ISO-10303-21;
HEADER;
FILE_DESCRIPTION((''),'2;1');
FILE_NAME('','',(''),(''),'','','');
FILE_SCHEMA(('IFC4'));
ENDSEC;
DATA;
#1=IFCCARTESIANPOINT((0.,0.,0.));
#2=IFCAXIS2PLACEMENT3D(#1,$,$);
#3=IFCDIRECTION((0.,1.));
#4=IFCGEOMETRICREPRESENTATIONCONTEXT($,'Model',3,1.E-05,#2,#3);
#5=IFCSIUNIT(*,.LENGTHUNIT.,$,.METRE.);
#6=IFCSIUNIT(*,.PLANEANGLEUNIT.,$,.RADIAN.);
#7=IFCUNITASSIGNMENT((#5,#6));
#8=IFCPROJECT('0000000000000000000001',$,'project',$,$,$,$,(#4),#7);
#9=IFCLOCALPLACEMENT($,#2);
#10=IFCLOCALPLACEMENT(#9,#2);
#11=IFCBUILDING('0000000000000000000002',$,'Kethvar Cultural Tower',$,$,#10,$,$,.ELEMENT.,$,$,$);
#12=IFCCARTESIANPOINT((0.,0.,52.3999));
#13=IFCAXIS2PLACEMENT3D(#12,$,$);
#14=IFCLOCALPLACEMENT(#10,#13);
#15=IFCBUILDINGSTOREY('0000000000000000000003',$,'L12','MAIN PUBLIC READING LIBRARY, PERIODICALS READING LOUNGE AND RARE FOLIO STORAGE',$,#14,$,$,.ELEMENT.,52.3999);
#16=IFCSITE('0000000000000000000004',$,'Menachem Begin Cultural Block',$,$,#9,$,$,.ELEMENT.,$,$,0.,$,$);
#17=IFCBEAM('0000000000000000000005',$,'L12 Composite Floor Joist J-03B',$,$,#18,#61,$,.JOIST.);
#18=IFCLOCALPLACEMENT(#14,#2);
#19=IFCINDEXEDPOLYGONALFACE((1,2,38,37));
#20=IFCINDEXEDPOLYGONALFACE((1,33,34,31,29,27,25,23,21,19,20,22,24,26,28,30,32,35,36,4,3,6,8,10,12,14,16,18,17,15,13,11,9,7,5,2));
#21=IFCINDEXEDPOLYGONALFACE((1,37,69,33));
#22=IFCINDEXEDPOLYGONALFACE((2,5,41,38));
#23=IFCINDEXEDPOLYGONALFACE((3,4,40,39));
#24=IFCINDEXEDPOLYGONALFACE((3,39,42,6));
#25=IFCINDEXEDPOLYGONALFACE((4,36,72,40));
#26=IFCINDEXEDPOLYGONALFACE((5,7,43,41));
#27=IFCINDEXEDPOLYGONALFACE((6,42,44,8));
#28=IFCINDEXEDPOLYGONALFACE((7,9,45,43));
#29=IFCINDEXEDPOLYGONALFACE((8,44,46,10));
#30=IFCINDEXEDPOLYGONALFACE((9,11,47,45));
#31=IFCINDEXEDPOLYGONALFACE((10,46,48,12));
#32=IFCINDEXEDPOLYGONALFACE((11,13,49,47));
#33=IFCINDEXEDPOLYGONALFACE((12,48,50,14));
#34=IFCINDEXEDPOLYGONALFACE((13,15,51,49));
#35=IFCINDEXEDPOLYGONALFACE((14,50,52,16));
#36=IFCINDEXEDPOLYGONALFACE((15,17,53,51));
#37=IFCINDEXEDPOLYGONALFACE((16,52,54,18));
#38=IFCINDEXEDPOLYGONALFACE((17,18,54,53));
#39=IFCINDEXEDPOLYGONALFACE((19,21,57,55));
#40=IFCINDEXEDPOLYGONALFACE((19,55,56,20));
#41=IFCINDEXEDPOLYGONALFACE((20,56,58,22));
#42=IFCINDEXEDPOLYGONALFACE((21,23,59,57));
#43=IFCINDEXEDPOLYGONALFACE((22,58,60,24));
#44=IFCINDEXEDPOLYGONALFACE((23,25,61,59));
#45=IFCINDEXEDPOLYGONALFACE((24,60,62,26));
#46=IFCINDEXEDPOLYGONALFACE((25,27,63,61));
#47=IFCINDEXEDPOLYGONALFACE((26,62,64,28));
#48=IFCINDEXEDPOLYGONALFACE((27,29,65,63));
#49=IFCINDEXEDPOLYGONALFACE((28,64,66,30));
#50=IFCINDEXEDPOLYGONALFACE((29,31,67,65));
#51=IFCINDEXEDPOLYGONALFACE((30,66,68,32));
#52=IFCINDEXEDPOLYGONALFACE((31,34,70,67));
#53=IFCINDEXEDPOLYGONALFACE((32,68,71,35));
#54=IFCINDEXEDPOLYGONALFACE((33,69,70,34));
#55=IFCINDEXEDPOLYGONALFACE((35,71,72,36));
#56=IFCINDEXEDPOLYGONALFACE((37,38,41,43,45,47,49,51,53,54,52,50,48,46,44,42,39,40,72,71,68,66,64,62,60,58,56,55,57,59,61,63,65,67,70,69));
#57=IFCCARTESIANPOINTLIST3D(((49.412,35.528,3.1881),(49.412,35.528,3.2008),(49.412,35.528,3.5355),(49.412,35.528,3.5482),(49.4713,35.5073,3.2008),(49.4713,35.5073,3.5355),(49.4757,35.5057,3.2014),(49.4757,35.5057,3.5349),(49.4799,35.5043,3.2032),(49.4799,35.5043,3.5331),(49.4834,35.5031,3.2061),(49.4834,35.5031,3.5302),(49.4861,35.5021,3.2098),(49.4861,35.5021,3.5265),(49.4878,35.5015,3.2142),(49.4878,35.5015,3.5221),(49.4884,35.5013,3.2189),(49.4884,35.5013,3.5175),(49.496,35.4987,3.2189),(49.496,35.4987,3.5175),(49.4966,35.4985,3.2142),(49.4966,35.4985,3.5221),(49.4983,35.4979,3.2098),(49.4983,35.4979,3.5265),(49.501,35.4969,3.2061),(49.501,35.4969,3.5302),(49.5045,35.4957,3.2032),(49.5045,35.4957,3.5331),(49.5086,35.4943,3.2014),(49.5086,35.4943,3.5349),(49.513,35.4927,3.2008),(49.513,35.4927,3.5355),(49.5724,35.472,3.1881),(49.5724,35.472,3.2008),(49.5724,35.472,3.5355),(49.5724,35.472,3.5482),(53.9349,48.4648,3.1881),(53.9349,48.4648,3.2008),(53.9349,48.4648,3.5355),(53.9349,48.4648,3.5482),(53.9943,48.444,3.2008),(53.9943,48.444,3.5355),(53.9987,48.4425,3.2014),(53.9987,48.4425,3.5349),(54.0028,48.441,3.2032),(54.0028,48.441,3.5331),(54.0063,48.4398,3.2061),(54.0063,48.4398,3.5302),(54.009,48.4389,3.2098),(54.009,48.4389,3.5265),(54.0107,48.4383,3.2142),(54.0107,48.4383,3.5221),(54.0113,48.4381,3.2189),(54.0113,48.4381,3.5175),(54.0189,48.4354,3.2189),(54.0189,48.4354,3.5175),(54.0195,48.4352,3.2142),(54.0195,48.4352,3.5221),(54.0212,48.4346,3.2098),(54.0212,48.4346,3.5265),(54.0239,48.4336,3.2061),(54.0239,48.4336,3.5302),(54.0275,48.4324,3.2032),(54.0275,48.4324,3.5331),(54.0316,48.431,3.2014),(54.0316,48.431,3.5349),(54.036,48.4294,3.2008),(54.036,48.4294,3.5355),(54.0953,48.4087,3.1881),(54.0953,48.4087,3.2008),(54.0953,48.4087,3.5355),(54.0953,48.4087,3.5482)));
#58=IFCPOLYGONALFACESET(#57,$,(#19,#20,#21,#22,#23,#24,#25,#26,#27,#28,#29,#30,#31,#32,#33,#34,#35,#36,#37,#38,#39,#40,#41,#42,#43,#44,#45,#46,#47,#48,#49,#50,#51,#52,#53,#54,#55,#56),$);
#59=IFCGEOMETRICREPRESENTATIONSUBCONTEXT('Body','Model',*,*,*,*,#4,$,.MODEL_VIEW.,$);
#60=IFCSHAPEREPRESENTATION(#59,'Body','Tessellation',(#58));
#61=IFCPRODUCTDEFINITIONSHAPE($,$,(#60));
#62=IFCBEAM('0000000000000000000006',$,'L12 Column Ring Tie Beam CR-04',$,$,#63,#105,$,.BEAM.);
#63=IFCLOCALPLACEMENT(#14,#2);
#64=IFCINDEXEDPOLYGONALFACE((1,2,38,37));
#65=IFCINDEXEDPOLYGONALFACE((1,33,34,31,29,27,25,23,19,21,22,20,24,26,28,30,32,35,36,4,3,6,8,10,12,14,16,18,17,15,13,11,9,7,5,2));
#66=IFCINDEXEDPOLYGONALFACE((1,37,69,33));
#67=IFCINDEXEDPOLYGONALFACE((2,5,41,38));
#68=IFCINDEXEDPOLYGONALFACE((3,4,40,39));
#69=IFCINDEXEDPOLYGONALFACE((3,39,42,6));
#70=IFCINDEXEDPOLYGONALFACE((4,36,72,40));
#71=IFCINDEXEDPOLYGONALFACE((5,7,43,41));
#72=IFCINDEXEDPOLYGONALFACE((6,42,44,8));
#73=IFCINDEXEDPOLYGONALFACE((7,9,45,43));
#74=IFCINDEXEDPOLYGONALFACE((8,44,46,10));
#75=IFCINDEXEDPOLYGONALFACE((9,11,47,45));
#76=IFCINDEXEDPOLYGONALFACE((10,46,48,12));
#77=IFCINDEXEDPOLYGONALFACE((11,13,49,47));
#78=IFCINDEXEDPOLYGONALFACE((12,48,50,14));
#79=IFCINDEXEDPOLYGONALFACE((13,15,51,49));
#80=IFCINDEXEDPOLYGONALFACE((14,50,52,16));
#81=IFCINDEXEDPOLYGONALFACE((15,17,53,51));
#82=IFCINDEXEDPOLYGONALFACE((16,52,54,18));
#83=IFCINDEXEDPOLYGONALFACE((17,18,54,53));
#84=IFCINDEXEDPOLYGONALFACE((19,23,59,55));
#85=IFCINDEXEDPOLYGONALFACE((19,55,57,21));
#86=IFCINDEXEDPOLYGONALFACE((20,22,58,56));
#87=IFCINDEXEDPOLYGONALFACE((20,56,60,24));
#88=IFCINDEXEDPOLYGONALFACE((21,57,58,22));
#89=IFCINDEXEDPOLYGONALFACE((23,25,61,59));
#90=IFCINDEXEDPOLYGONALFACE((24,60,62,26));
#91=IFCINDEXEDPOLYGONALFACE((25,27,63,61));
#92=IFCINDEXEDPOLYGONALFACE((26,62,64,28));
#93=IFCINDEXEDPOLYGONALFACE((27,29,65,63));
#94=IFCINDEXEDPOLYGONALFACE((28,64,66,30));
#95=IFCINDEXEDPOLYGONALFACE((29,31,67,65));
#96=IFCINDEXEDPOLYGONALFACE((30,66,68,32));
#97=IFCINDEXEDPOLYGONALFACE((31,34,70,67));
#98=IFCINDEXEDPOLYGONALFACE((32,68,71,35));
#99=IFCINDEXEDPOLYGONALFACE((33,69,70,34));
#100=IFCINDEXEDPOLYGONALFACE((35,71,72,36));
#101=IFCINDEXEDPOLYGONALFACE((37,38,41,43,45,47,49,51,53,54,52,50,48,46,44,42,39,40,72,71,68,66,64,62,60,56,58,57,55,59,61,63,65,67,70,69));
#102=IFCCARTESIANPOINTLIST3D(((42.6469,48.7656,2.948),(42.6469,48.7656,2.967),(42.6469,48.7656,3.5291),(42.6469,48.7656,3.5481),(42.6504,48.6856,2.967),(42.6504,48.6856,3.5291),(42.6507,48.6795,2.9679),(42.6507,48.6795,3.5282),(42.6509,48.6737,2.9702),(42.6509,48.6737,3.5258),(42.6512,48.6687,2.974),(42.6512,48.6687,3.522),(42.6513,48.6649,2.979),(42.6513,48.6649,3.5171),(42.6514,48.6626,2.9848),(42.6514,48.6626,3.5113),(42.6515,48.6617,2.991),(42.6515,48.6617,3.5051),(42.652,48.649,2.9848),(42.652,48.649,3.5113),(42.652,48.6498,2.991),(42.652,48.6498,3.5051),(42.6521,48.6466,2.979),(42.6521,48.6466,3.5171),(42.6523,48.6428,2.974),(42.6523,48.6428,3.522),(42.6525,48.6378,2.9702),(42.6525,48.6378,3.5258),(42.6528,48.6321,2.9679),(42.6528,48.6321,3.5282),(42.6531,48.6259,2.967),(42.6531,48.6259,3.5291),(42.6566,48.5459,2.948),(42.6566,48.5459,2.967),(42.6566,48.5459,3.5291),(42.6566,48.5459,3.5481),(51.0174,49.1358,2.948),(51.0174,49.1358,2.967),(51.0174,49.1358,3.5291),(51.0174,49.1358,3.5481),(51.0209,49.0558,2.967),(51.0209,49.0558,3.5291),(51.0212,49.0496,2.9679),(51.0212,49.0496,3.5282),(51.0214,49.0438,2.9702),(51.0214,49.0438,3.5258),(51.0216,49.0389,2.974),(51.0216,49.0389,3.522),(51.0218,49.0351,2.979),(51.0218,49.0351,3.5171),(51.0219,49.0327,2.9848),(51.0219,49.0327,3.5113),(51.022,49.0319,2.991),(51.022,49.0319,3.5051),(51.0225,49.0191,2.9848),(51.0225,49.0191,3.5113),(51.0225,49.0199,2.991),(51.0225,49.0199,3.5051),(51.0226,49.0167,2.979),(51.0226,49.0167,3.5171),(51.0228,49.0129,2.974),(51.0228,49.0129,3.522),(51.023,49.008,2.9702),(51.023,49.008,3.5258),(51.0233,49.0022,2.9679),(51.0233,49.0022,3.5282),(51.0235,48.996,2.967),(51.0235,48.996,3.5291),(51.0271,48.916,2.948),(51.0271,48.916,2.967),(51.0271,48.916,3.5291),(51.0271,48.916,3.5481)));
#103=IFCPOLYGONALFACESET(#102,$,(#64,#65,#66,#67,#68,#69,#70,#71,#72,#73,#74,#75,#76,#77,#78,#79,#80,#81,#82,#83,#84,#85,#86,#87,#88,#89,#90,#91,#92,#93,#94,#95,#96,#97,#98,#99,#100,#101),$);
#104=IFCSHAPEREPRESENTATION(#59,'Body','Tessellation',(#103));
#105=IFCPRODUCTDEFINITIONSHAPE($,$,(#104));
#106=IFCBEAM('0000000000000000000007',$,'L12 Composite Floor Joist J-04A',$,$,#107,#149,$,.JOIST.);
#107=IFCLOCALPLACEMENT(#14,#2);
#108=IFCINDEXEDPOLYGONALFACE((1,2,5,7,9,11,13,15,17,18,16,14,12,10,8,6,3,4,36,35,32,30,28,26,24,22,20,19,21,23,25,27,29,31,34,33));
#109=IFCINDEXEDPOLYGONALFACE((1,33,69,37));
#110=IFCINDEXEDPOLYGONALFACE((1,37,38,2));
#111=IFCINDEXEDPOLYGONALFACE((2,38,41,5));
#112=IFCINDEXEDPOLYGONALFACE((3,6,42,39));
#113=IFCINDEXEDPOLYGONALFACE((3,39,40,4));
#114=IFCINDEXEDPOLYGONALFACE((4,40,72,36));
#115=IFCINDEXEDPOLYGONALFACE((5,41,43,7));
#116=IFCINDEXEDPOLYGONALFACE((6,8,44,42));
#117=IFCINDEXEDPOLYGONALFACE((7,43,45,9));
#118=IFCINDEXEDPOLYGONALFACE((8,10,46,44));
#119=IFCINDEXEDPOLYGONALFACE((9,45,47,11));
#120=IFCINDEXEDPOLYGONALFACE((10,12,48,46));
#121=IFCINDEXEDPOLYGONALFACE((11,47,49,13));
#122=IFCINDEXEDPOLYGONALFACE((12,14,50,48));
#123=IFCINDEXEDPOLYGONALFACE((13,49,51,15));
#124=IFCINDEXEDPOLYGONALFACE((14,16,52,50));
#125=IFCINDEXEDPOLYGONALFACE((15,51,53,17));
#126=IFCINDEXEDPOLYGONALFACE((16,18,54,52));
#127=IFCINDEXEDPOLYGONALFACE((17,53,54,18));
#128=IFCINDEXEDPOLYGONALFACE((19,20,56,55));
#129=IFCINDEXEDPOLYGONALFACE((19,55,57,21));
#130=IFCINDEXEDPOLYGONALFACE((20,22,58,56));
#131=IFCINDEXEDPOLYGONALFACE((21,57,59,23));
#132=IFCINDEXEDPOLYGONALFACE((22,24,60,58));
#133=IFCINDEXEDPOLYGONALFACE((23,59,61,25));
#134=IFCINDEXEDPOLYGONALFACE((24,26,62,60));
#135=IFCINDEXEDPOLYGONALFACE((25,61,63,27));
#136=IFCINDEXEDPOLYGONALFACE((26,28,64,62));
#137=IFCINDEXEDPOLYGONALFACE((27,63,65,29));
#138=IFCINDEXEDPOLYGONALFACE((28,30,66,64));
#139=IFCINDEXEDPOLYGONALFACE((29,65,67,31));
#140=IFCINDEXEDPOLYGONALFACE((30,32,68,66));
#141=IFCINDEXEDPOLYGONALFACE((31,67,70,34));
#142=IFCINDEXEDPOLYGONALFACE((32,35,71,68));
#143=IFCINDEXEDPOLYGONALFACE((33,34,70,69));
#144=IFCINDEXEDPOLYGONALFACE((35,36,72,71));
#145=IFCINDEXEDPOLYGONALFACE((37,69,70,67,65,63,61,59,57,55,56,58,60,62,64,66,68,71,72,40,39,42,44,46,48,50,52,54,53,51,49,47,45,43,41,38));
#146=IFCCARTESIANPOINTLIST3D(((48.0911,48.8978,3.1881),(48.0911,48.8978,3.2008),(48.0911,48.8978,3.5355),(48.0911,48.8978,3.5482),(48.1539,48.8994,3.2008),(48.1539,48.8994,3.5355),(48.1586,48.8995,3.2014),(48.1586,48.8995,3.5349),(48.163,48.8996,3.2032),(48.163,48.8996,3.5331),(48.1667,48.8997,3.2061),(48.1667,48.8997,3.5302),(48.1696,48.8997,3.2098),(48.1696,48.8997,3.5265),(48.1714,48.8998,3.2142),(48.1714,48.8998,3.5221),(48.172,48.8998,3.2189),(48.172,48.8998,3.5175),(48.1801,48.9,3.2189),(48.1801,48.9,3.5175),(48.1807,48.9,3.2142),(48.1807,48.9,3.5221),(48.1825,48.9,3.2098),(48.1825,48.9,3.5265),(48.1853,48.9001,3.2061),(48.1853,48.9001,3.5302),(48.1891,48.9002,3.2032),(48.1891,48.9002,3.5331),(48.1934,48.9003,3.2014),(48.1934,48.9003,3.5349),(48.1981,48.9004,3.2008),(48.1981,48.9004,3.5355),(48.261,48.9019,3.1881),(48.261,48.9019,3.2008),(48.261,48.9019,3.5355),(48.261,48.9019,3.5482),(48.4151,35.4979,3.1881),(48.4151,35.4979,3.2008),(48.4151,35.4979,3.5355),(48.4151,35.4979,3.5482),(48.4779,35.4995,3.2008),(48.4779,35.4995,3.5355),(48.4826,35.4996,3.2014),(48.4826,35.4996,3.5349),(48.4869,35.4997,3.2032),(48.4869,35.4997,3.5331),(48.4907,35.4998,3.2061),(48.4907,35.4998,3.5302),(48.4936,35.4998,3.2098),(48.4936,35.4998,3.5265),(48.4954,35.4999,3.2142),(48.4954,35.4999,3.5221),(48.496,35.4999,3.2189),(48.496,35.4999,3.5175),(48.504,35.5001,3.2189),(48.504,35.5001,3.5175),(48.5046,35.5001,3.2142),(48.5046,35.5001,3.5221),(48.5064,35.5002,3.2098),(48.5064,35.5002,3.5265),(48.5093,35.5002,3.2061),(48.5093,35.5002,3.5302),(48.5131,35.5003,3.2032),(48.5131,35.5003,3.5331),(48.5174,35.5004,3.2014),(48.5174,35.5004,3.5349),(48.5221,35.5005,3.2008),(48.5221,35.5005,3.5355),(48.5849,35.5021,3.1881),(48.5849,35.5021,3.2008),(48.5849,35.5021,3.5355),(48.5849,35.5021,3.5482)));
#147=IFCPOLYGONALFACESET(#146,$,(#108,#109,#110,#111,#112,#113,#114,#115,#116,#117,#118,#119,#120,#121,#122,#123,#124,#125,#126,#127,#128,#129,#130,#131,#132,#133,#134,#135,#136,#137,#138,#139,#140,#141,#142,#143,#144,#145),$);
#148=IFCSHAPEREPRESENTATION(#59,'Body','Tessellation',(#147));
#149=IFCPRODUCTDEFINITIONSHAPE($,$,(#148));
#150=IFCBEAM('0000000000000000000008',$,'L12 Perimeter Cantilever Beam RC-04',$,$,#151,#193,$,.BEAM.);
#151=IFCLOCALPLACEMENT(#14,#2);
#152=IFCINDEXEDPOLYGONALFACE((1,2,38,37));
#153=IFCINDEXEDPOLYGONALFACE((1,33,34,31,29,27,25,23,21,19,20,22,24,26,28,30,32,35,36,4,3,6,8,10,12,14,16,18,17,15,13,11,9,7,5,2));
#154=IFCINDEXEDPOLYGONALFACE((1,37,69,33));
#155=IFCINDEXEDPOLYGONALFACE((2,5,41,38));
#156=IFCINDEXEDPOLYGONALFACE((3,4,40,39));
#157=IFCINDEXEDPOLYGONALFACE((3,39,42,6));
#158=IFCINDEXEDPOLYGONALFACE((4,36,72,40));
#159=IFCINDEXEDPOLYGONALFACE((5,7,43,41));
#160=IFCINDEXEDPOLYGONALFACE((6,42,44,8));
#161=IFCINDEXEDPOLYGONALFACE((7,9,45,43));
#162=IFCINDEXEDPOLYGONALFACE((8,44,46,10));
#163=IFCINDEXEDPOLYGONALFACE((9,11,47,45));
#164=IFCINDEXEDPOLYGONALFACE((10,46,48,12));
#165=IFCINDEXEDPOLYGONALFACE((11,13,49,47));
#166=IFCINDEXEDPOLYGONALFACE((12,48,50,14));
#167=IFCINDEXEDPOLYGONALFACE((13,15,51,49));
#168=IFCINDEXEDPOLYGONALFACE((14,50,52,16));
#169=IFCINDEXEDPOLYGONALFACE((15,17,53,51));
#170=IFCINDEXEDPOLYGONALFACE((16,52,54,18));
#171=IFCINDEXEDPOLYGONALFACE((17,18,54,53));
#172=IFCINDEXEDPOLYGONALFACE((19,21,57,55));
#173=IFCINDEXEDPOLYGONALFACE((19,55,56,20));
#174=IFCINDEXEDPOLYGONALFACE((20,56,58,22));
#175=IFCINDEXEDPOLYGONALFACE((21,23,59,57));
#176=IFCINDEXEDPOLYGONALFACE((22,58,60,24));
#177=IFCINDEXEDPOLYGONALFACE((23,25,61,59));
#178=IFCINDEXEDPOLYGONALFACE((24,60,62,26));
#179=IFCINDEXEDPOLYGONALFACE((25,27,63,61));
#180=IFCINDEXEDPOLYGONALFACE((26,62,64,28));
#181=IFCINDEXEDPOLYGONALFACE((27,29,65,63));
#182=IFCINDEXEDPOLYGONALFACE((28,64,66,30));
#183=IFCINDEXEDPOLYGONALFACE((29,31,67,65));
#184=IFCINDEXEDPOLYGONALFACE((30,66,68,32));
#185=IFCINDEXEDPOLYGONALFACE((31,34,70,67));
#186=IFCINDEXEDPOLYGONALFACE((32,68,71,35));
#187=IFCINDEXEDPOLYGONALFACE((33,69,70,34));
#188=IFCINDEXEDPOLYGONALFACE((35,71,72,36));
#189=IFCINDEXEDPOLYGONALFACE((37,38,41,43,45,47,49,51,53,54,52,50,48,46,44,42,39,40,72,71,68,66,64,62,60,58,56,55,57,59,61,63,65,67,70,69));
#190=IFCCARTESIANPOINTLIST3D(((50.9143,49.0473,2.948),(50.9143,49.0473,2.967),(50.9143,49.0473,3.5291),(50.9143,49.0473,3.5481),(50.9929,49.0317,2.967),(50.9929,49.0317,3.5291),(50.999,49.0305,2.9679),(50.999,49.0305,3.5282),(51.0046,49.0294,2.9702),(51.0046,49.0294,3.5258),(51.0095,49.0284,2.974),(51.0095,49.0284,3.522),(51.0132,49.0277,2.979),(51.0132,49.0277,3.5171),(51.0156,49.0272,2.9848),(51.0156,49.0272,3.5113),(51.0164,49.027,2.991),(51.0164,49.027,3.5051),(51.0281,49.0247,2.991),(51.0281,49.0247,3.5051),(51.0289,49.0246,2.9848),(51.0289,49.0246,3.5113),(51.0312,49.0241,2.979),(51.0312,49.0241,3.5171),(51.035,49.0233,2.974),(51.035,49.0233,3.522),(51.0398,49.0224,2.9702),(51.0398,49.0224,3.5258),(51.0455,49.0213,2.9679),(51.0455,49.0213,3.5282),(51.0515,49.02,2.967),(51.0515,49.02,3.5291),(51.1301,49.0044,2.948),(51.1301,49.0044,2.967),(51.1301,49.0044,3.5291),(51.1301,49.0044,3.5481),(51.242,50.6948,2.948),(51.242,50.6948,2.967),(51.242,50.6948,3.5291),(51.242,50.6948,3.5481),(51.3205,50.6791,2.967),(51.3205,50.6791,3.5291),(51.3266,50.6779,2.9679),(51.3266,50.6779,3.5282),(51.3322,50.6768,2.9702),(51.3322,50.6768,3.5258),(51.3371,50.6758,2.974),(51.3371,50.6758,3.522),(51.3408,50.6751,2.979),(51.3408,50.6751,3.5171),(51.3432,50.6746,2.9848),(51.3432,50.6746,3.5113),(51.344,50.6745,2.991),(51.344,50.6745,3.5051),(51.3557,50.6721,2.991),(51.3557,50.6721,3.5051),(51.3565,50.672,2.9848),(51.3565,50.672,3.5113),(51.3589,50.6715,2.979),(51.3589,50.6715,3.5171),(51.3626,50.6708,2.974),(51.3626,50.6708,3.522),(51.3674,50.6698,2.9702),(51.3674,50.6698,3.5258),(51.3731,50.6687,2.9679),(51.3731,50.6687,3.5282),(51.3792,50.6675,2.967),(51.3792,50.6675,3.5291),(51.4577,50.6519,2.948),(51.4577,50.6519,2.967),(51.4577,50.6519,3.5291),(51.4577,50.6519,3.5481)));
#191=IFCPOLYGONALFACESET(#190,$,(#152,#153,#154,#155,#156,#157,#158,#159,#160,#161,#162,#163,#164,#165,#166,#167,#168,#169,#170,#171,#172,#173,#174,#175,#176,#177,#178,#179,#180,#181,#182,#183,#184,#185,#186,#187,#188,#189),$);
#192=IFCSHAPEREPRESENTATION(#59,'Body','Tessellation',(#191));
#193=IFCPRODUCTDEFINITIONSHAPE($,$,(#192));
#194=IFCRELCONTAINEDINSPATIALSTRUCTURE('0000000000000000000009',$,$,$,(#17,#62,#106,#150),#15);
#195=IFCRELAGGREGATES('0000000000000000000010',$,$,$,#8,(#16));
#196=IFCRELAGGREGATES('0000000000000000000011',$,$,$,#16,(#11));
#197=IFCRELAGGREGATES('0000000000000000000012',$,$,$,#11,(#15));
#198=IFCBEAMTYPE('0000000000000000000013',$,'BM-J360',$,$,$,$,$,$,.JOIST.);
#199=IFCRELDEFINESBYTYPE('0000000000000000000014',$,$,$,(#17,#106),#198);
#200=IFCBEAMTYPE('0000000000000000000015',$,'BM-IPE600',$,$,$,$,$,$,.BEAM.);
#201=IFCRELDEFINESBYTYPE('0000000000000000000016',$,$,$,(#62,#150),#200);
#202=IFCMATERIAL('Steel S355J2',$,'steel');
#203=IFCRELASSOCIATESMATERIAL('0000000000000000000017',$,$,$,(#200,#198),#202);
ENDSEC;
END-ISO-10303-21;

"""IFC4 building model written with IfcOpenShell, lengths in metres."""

from ifc_helpers import new_model, si_unit, direction, frame, origin, origin_2d, place, context, subcontext, project, spatial, i_section, extrude, source, transform, mapped, material, material_profile, profile_set, type_object, element, save


model = new_model("IFC4")

# Units and contexts
model_context = context("Model", 3, precision=1e-05, world=origin(), true_north=direction((0.0, 1.0)))
body_context = subcontext(model_context, "Body", "Model", "MODEL_VIEW")
ifc_project = project(units=[si_unit("LENGTHUNIT", "METRE"), si_unit("PLANEANGLEUNIT", "RADIAN")], contexts=[model_context])

# Site, building, storey
site_placement = place(None, origin())
site = spatial("IfcSite", under=ifc_project, at=site_placement, Name="Menachem Begin Cultural Block", CompositionType="ELEMENT", RefElevation=0.0)
building_placement = place(site_placement, origin())
building = spatial("IfcBuilding", under=site, at=building_placement, Name="Kethvar Cultural Tower", CompositionType="ELEMENT")
storey_placement = place(building_placement, frame((0.0, 0.0, 52.3999)))
storey = spatial("IfcBuildingStorey", under=building, at=storey_placement, Name="L12", Description="MAIN PUBLIC READING LIBRARY, PERIODICALS READING LOUNGE AND RARE FOLIO STORAGE", CompositionType="ELEMENT", Elevation=52.3999)

# Beams
ifc_material_1 = material(Name="Steel S355J2", Category="steel")
ifc_material_profile_1 = material_profile(ifc_material_1, i_section(OverallWidth=0.22, OverallDepth=0.6001, WebThickness=0.012, FlangeThickness=0.019, FilletRadius=0.0239, at=origin_2d()), Name="Steel S355J2 — IPE600")
ifc_profile_set_1 = profile_set([ifc_material_profile_1], Name="Steel S355J2 — IPE600")
beam_type_1 = type_object("IfcBeamType", Name="BM-IPE600", PredefinedType="BEAM", material=ifc_profile_set_1)
ifc_material_profile_2 = material_profile(ifc_material_1, i_section(OverallWidth=0.1699, OverallDepth=0.3601, WebThickness=0.0081, FlangeThickness=0.0127, FilletRadius=0.0181, at=origin_2d()), Name="Steel S355J2 — IPE360")
ifc_profile_set_2 = profile_set([ifc_material_profile_2], Name="Steel S355J2 — IPE360")
beam_type_2 = type_object("IfcBeamType", Name="BM-J360", PredefinedType="JOIST", material=ifc_profile_set_2)
shared_shape_1 = source(origin(), body_context, "Body", "SweptSolid", [
    extrude(i_section(OverallWidth=0.1699, OverallDepth=0.3601, WebThickness=0.0081, FlangeThickness=0.0127, FilletRadius=0.0181, at=origin_2d()), origin(), (0.0, 0.0, 1.0), 13.7046),
])
beam_1_placement = place(storey_placement, frame((49.4922, 35.5, 3.3682), z_axis=(0.330031, 0.94397, 0.0), x_axis=(-0.94397, 0.330031, 0.0)))
element("IfcBeam", 1, at=beam_1_placement, inside=storey, type_object=beam_type_2, Name="L12 Composite Floor Joist J-03B", PredefinedType="JOIST", context=body_context, shape_type="MappedRepresentation", body=[
    mapped(shared_shape_1, transform((0.0, 0.0, 0.0), scale=1.0)),
])
shared_shape_2 = source(origin(), body_context, "Body", "SweptSolid", [
    extrude(i_section(OverallWidth=0.22, OverallDepth=0.6001, WebThickness=0.012, FlangeThickness=0.019, FilletRadius=0.0239, at=origin_2d()), origin(), (0.0, 0.0, 1.0), 8.3787),
])
beam_2_placement = place(storey_placement, frame((51.0222, 49.0259, 3.248), z_axis=(-0.999024, -0.044173, 0.0), x_axis=(0.044173, -0.999024, 0.0)))
element("IfcBeam", 2, at=beam_2_placement, inside=storey, type_object=beam_type_1, Name="L12 Column Ring Tie Beam CR-04", PredefinedType="BEAM", context=body_context, shape_type="MappedRepresentation", body=[
    mapped(shared_shape_2, transform((0.0, 0.0, 0.0), scale=1.0)),
])
shared_shape_3 = source(origin(), body_context, "Body", "SweptSolid", [
    extrude(i_section(OverallWidth=0.1699, OverallDepth=0.3601, WebThickness=0.0081, FlangeThickness=0.0127, FilletRadius=0.0181, at=origin_2d()), origin(), (0.0, 0.0, 1.0), 13.4038),
])
beam_3_placement = place(storey_placement, frame((48.5, 35.5, 3.3682), z_axis=(-0.02417, 0.999708, 0.0), x_axis=(-0.999708, -0.02417, 0.0)))
element("IfcBeam", 3, at=beam_3_placement, inside=storey, type_object=beam_type_2, Name="L12 Composite Floor Joist J-04A", PredefinedType="JOIST", context=body_context, shape_type="MappedRepresentation", body=[
    mapped(shared_shape_3, transform((0.0, 0.0, 0.0), scale=1.0)),
])
shared_shape_4 = source(origin(), body_context, "Body", "SweptSolid", [
    extrude(i_section(OverallWidth=0.22, OverallDepth=0.6001, WebThickness=0.012, FlangeThickness=0.019, FilletRadius=0.0239, at=origin_2d()), origin(), (0.0, 0.0, 1.0), 1.6797),
])
beam_4_placement = place(storey_placement, frame((51.0222, 49.0259, 3.248), z_axis=(0.195054, 0.980793, 0.0), x_axis=(-0.980793, 0.195054, 0.0)))
element("IfcBeam", 4, at=beam_4_placement, inside=storey, type_object=beam_type_1, Name="L12 Perimeter Cantilever Beam RC-04", PredefinedType="BEAM", context=body_context, shape_type="MappedRepresentation", body=[
    mapped(shared_shape_4, transform((0.0, 0.0, 0.0), scale=1.0)),
])

save(model, "model.ifc")
